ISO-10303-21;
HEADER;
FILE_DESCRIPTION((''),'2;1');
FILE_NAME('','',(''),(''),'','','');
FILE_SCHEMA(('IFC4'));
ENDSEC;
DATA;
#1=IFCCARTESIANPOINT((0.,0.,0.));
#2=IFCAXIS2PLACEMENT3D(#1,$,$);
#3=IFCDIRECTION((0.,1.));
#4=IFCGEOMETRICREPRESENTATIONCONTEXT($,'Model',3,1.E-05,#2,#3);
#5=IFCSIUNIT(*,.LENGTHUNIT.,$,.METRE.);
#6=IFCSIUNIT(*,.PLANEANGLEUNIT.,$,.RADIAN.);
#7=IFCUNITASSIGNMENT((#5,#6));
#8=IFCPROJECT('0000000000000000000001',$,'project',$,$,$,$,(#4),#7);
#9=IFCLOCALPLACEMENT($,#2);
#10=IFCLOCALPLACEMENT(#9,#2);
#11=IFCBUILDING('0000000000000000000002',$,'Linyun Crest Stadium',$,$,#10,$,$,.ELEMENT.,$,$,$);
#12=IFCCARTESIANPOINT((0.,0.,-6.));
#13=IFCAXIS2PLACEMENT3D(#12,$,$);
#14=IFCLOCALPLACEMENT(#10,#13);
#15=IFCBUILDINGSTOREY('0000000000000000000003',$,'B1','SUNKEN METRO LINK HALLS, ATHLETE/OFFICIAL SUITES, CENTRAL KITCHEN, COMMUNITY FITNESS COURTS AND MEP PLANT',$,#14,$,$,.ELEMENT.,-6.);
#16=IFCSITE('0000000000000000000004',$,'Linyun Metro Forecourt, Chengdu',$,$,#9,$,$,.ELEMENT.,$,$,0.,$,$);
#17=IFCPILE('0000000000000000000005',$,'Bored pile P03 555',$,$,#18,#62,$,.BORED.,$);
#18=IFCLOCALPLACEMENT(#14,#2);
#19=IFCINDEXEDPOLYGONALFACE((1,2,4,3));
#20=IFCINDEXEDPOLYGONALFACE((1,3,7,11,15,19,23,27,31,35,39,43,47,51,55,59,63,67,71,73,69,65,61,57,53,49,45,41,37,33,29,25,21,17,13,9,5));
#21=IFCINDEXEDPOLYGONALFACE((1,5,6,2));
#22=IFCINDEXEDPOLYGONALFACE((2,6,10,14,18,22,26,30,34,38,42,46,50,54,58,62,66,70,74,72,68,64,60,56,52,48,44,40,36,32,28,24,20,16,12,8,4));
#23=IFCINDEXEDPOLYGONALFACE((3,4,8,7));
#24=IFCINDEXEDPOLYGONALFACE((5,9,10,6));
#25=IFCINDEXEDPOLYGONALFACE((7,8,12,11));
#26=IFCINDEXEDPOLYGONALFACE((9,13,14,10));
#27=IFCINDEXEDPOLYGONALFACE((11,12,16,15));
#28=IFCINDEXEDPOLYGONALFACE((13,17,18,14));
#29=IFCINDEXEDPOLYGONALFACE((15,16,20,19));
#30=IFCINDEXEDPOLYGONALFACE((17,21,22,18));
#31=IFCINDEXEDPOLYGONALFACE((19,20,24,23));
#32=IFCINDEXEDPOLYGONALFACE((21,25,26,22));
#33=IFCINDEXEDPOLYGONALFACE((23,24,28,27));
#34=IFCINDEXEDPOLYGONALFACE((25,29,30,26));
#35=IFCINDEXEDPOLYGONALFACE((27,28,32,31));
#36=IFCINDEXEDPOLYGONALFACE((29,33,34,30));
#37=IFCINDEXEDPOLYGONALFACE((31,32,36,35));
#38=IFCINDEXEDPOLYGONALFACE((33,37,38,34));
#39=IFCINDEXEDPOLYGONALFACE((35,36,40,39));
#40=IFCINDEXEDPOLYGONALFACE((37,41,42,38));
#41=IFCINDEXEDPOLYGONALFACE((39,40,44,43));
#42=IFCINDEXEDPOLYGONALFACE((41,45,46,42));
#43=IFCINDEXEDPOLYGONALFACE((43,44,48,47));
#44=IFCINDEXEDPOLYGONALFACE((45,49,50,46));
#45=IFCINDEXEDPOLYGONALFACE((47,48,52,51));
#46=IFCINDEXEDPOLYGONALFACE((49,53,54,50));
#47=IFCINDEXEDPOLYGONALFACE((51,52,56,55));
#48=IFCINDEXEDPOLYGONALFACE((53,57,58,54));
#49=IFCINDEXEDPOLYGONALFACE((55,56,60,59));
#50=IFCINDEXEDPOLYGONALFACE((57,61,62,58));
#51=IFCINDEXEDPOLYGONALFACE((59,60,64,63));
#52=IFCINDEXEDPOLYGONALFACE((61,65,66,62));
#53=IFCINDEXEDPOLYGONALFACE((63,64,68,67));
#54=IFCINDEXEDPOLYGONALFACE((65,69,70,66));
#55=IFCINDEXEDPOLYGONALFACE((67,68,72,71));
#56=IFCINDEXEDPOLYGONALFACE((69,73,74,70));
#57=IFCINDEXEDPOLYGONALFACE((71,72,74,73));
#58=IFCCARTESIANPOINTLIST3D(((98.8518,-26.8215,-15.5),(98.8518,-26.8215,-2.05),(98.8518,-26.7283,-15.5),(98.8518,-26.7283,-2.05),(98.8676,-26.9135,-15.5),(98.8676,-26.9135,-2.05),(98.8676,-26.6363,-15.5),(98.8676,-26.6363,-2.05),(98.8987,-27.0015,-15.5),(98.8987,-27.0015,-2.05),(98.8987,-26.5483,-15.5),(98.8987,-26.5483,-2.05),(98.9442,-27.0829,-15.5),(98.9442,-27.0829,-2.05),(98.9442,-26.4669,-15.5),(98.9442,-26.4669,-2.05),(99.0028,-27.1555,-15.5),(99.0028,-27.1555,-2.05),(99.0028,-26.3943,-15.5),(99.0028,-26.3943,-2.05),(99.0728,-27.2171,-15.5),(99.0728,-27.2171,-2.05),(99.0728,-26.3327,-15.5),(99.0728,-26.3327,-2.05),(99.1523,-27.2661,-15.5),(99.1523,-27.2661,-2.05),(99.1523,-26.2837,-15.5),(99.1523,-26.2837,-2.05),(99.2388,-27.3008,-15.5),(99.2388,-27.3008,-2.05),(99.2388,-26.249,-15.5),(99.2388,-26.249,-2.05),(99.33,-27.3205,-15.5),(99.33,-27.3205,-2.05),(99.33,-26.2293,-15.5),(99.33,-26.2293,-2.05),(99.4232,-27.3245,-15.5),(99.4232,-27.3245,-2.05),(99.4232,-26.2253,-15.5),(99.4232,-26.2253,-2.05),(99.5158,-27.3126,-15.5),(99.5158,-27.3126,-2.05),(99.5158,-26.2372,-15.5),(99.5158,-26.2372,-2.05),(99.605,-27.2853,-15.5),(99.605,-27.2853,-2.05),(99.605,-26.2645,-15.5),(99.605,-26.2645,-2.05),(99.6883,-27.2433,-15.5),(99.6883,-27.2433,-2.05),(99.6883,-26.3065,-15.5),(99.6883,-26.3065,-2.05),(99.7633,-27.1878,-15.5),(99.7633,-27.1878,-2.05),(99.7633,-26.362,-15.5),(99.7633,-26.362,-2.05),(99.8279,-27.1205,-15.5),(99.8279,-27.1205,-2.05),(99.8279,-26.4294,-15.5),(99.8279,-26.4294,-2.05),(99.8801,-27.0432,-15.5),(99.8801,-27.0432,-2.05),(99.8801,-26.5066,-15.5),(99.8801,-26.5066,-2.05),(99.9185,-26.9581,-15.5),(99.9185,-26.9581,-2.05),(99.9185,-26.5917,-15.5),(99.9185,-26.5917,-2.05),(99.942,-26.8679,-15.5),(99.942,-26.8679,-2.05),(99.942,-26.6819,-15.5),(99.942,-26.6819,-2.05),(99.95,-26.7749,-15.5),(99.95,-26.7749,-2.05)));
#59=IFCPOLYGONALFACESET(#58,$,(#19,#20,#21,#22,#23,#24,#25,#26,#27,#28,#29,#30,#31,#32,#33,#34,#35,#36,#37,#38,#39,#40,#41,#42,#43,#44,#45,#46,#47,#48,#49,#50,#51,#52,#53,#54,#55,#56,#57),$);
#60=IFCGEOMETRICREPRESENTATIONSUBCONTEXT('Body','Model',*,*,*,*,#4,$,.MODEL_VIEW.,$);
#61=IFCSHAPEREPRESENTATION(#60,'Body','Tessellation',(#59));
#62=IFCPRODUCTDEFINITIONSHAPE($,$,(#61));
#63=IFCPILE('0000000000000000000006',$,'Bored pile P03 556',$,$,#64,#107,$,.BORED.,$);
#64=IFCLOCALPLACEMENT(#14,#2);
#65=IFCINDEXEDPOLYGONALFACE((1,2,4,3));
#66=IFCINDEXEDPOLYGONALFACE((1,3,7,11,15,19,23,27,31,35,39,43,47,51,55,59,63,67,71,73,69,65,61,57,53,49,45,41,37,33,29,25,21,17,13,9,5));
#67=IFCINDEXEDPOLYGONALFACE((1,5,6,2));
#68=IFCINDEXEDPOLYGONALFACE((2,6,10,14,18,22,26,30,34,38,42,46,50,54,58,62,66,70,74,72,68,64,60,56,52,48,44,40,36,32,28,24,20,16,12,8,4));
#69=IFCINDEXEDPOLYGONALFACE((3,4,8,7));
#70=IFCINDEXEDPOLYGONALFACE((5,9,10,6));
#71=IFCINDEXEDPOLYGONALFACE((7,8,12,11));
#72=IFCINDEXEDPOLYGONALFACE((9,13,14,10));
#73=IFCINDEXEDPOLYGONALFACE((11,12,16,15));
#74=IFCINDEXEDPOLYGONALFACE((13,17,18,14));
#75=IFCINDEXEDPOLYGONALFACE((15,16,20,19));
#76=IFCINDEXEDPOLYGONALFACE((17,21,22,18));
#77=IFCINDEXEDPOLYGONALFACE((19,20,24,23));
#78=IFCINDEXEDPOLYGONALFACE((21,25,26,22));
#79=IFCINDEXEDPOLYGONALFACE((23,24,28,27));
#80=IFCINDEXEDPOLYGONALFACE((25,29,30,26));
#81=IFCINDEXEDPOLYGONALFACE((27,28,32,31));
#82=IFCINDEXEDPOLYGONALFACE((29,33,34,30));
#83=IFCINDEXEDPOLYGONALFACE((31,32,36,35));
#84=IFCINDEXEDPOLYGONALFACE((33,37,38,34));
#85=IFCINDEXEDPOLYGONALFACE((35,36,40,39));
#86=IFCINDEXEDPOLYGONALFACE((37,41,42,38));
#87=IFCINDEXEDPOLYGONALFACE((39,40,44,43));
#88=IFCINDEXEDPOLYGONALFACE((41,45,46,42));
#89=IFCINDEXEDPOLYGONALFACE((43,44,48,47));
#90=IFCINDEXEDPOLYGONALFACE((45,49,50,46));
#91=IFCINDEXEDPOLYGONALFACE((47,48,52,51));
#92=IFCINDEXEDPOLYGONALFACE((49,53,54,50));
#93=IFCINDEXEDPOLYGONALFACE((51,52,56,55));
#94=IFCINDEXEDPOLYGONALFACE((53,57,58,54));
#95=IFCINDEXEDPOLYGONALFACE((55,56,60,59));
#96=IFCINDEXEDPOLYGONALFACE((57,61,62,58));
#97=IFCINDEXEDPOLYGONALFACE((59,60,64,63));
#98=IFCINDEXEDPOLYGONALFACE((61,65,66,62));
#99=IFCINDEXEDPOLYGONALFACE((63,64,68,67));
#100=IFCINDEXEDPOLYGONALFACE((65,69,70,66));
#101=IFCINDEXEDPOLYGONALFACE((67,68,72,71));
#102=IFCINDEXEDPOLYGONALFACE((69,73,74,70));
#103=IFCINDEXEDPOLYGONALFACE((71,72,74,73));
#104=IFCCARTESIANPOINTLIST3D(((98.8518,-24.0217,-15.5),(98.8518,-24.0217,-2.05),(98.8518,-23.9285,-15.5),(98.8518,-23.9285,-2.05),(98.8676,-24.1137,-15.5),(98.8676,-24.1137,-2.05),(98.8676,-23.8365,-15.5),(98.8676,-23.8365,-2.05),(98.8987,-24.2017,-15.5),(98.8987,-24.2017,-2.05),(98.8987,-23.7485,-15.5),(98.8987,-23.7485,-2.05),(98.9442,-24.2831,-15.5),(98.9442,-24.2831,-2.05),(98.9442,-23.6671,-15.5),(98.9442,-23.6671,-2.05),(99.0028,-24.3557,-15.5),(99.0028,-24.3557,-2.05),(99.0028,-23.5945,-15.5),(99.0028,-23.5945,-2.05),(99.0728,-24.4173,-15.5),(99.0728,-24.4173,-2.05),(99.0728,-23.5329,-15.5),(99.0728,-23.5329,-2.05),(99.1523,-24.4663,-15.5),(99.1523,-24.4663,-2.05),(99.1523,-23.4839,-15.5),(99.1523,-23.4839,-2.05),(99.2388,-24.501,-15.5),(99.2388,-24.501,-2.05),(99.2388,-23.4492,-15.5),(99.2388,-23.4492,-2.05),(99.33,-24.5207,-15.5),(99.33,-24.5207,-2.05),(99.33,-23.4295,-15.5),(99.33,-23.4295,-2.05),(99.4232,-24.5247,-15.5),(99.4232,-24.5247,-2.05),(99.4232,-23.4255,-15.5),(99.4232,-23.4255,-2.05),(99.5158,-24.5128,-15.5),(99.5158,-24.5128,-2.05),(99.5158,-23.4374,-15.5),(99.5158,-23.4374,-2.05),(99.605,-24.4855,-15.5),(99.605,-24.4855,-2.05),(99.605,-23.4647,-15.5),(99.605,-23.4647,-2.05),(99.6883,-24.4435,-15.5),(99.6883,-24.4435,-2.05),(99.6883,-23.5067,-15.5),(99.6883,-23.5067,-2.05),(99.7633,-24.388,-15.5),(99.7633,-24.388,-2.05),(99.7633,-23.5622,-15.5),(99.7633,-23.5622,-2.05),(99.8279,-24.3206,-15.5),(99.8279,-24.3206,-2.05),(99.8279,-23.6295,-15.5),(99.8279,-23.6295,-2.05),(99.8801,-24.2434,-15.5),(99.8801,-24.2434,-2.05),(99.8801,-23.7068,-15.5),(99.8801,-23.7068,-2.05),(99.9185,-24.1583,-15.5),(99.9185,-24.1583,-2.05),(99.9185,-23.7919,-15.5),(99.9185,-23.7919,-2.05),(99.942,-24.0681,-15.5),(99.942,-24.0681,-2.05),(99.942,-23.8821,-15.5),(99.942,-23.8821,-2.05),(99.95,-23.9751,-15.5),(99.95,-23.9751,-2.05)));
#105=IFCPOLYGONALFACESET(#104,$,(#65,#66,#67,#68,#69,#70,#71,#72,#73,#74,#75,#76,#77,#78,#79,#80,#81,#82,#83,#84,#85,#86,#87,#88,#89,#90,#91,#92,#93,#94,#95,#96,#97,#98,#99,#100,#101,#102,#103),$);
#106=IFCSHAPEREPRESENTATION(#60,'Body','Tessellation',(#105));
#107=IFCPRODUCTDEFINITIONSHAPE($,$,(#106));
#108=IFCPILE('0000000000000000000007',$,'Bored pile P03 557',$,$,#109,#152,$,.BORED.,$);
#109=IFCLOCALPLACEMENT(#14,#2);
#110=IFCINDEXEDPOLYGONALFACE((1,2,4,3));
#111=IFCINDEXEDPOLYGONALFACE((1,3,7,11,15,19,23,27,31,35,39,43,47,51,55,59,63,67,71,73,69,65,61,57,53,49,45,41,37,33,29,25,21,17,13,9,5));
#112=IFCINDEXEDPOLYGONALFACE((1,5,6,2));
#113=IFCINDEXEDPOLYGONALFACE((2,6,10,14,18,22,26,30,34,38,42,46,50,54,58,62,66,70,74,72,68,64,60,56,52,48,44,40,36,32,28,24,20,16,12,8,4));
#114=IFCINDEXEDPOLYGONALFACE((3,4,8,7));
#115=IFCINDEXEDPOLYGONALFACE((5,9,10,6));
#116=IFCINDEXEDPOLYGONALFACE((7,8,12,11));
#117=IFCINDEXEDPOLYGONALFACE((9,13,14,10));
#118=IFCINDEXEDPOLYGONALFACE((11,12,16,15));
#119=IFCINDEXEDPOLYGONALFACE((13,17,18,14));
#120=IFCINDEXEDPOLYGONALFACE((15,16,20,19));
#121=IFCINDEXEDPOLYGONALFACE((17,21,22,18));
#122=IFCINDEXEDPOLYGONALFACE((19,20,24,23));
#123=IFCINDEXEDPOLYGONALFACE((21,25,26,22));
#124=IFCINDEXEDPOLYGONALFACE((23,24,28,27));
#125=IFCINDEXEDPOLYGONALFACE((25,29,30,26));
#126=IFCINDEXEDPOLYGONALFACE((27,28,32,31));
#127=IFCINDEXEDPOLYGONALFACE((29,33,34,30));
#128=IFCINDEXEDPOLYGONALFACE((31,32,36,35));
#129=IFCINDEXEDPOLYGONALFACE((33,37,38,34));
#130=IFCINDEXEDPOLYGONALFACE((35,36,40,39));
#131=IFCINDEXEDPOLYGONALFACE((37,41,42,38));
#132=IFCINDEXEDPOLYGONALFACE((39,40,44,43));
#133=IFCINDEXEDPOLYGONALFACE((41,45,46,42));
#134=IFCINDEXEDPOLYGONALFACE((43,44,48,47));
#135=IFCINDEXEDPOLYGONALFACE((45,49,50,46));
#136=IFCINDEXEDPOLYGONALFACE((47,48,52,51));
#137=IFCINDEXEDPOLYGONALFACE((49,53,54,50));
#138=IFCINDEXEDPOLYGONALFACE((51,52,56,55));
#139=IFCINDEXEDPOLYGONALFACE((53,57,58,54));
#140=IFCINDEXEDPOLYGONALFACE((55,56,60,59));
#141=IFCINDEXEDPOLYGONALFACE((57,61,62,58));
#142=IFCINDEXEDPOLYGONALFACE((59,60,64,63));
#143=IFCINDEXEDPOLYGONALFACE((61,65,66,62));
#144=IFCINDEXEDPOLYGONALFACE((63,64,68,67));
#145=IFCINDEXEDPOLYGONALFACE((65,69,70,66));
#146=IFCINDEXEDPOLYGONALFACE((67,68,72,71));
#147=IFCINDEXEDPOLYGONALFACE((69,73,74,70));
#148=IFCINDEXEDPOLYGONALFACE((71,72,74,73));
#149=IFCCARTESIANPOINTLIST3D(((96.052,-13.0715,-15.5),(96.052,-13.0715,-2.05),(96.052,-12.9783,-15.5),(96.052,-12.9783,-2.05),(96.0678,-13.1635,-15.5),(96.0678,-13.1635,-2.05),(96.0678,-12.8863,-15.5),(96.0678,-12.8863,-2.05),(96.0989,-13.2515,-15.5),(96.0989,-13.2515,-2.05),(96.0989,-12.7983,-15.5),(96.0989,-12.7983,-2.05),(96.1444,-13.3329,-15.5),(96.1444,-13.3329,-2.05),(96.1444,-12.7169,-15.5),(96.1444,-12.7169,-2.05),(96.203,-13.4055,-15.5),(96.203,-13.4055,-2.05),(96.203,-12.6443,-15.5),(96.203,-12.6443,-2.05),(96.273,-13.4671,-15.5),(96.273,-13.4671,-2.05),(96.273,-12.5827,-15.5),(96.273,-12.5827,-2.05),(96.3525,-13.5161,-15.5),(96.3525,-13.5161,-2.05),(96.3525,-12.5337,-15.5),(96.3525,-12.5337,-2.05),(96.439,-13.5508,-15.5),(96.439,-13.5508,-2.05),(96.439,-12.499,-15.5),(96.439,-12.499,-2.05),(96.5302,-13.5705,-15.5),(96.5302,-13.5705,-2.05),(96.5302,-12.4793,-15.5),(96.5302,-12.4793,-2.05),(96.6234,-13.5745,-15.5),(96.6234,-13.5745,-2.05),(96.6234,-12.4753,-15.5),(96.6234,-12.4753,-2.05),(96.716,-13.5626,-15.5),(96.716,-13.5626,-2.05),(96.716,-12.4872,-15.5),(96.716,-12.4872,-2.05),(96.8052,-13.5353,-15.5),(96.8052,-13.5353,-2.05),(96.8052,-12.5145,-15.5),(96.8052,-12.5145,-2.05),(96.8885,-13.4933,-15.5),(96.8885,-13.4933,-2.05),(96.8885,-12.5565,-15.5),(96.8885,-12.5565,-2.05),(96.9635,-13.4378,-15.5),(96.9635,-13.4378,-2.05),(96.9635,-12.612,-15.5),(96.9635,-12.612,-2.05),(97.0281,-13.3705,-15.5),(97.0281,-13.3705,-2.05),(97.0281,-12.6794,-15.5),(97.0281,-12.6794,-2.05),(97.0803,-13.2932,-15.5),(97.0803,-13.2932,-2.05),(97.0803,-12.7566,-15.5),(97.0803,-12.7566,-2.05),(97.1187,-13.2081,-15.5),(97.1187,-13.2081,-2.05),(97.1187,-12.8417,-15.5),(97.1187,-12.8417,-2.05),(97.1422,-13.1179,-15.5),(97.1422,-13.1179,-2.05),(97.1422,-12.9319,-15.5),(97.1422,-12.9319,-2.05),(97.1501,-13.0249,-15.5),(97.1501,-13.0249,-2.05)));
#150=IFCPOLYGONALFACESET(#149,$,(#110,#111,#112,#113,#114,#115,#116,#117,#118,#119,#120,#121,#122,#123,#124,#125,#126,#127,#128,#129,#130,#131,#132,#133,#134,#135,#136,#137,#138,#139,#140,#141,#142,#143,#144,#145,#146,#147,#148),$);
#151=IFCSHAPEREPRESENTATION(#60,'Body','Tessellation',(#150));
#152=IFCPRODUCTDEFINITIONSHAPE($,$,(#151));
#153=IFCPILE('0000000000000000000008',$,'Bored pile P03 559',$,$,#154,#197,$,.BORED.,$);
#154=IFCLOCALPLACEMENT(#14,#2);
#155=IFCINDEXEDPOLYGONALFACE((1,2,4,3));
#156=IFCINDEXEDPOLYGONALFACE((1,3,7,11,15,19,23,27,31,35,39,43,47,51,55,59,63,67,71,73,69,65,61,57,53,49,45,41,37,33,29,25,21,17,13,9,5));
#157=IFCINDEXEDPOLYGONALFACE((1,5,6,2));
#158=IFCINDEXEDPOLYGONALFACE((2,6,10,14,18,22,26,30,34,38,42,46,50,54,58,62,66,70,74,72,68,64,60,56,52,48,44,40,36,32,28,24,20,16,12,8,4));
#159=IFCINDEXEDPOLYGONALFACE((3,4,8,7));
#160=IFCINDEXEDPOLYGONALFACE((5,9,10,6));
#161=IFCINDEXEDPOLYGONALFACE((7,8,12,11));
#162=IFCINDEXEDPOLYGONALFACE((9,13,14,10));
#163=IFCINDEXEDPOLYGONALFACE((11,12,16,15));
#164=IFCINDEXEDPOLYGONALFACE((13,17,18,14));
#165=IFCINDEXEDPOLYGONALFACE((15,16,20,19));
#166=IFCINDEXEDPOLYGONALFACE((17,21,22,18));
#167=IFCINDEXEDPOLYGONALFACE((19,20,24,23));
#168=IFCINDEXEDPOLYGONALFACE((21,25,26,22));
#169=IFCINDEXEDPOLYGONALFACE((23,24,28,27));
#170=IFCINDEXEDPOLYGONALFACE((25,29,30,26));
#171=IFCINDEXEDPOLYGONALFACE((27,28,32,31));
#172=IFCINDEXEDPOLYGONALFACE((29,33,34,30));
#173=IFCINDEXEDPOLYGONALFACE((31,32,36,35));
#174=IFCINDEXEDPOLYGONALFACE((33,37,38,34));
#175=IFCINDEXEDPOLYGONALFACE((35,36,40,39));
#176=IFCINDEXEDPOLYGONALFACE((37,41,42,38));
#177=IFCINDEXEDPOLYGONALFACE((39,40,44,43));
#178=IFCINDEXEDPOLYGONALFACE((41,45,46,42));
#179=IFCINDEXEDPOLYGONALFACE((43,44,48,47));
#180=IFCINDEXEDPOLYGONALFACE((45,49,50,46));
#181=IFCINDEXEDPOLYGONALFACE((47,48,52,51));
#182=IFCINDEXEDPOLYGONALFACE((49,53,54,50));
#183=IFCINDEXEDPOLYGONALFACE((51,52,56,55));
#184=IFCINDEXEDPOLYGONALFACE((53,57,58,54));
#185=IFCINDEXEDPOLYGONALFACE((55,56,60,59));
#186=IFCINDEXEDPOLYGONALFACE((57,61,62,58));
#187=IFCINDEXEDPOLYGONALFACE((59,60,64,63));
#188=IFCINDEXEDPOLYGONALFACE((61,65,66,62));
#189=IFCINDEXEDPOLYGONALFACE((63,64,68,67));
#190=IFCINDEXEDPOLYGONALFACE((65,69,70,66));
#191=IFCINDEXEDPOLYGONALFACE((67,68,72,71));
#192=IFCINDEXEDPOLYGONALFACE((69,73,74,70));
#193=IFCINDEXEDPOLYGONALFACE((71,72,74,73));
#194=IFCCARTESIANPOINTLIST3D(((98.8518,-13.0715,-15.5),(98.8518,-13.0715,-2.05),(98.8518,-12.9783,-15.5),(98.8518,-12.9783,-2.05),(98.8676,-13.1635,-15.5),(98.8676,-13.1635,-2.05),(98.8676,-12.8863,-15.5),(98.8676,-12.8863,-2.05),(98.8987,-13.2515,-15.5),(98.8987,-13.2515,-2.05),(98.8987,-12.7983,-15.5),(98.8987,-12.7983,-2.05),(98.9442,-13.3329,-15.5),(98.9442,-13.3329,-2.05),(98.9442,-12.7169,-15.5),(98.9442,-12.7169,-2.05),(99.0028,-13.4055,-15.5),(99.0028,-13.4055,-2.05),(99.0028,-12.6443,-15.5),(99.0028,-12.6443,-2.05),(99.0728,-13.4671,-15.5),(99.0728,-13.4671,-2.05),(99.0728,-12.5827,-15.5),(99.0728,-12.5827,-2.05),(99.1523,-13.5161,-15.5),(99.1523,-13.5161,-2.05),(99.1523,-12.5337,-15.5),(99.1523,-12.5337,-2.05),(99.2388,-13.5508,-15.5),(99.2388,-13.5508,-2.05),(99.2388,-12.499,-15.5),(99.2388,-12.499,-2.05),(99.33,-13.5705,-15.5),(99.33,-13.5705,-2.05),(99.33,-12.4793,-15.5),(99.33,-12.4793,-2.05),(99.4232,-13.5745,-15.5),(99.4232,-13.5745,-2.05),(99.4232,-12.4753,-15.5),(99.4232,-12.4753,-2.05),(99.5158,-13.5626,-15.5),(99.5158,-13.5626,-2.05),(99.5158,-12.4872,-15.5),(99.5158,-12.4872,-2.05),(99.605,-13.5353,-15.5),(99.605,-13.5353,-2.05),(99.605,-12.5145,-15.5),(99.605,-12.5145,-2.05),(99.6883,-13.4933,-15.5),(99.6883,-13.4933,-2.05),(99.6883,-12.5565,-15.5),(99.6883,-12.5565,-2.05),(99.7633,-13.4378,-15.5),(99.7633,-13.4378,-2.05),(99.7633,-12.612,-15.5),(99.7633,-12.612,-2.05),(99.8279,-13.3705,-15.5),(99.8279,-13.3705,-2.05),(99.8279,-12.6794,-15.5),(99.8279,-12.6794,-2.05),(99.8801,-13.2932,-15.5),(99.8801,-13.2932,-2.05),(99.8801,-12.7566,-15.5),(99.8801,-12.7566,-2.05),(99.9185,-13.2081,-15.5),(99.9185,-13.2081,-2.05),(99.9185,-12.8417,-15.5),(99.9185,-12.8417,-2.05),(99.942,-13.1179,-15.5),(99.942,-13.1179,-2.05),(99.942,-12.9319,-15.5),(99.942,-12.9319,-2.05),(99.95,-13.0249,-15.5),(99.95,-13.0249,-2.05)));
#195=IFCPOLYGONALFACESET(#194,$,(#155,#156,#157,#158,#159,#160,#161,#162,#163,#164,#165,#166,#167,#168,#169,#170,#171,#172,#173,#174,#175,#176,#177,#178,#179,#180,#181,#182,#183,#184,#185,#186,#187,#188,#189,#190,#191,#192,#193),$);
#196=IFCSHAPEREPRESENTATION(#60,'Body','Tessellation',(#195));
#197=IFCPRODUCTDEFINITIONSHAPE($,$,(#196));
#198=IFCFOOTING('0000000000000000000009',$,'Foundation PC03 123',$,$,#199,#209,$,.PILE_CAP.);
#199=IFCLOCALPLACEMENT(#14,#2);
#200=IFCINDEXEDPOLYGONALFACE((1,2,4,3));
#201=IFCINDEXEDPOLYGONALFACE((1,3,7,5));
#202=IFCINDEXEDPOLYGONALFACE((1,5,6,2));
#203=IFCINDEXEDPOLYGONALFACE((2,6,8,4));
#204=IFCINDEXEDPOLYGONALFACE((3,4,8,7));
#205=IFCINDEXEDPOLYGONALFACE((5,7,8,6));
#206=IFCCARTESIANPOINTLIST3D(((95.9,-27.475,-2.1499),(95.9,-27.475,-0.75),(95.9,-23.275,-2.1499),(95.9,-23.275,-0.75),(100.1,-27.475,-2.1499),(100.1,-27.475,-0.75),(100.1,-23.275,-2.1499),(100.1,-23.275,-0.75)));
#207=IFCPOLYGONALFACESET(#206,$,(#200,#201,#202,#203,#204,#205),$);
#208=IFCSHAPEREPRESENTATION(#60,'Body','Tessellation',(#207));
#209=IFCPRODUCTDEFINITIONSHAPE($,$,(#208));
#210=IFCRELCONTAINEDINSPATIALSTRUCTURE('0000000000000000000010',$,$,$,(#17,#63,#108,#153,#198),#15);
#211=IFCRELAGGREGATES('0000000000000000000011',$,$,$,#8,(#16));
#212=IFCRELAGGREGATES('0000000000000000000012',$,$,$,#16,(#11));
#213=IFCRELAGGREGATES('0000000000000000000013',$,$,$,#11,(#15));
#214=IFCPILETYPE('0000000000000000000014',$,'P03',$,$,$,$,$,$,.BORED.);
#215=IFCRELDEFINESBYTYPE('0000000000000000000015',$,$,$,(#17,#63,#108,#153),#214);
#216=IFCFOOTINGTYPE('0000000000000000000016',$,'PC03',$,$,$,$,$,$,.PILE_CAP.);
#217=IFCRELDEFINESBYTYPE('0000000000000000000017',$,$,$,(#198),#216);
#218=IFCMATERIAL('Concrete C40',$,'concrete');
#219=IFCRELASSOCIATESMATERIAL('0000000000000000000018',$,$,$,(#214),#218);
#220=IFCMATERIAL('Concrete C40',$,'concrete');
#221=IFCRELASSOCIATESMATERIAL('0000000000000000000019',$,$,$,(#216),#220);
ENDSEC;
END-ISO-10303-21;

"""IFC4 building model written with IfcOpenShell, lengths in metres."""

from ifc_helpers import new_model, si_unit, direction, frame, origin, origin_2d, place, context, subcontext, project, spatial, rectangle, circle, extrude, material, material_profile, profile_set, type_object, element, save


model = new_model("IFC4")

# Units and contexts
model_context = context("Model", 3, precision=1e-05, world=origin(), true_north=direction((0.0, 1.0)))
body_context = subcontext(model_context, "Body", "Model", "MODEL_VIEW")
ifc_project = project(units=[si_unit("LENGTHUNIT", "METRE"), si_unit("PLANEANGLEUNIT", "RADIAN")], contexts=[model_context])

# Site, building, storey
site_placement = place(None, origin())
site = spatial("IfcSite", under=ifc_project, at=site_placement, Name="Linyun Metro Forecourt, Chengdu", CompositionType="ELEMENT", RefElevation=0.0)
building_placement = place(site_placement, origin())
building = spatial("IfcBuilding", under=site, at=building_placement, Name="Linyun Crest Stadium", CompositionType="ELEMENT")
storey_placement = place(building_placement, frame((0.0, 0.0, -6.0)))
storey = spatial("IfcBuildingStorey", under=building, at=storey_placement, Name="B1", Description="SUNKEN METRO LINK HALLS, ATHLETE/OFFICIAL SUITES, CENTRAL KITCHEN, COMMUNITY FITNESS COURTS AND MEP PLANT", CompositionType="ELEMENT", Elevation=-6.0)

# Piles
ifc_material_1 = material(Name="Concrete C40", Category="concrete")
ifc_material_profile_1 = material_profile(ifc_material_1, circle(Radius=0.55, at=origin_2d()), Name="BORED PILE 1100")
ifc_profile_set_1 = profile_set([ifc_material_profile_1], Name="Concrete C40")
pile_type = type_object("IfcPileType", Name="P03", PredefinedType="BORED", material=ifc_profile_set_1)
for number, where, z_axis, x_axis, name in (
    (1, (99.3999, -26.7749, -2.05), (0.0, 0.0, -1.0), (1.0, 0.0, 0.0), "Bored pile P03 555"),
    (2, (99.3999, -23.9751, -2.05), (0.0, 0.0, -1.0), (1.0, 0.0, 0.0), "Bored pile P03 556"),
    (3, (96.6001, -13.0249, -2.05), (0.0, 0.0, -1.0), (1.0, 0.0, 0.0), "Bored pile P03 557"),
    (4, (99.3999, -13.0249, -2.05), (0.0, 0.0, -1.0), (1.0, 0.0, 0.0), "Bored pile P03 559"),
):
    element("IfcPile", number, at=place(storey_placement, frame(where, z_axis=z_axis, x_axis=x_axis)), inside=storey, type_object=pile_type, Name=name, PredefinedType="BORED", context=body_context, shape_type="SweptSolid", body=[
        extrude(circle(Radius=0.55, at=origin_2d()), origin(), (0.0, 0.0, 1.0), 13.45),
    ])

# Footing
ifc_material_2 = material(Name="Concrete C40", Category="concrete")
footing_type = type_object("IfcFootingType", Name="PC03", PredefinedType="PILE_CAP", material=ifc_material_2)
for number, where, z_axis, x_axis, name in (
    (5, (98.0, -25.375, -2.1499), (0.0, 0.0, 1.0), (1.0, 0.0, 0.0), "Foundation PC03 123"),
):
    element("IfcFooting", number, at=place(storey_placement, frame(where, z_axis=z_axis, x_axis=x_axis)), inside=storey, type_object=footing_type, Name=name, PredefinedType="PILE_CAP", context=body_context, shape_type="SweptSolid", body=[
        extrude(rectangle(XDim=4.2, YDim=4.2, at=origin_2d()), origin(), (0.0, 0.0, 1.0), 1.3999),
    ])

save(model, "model.ifc")
